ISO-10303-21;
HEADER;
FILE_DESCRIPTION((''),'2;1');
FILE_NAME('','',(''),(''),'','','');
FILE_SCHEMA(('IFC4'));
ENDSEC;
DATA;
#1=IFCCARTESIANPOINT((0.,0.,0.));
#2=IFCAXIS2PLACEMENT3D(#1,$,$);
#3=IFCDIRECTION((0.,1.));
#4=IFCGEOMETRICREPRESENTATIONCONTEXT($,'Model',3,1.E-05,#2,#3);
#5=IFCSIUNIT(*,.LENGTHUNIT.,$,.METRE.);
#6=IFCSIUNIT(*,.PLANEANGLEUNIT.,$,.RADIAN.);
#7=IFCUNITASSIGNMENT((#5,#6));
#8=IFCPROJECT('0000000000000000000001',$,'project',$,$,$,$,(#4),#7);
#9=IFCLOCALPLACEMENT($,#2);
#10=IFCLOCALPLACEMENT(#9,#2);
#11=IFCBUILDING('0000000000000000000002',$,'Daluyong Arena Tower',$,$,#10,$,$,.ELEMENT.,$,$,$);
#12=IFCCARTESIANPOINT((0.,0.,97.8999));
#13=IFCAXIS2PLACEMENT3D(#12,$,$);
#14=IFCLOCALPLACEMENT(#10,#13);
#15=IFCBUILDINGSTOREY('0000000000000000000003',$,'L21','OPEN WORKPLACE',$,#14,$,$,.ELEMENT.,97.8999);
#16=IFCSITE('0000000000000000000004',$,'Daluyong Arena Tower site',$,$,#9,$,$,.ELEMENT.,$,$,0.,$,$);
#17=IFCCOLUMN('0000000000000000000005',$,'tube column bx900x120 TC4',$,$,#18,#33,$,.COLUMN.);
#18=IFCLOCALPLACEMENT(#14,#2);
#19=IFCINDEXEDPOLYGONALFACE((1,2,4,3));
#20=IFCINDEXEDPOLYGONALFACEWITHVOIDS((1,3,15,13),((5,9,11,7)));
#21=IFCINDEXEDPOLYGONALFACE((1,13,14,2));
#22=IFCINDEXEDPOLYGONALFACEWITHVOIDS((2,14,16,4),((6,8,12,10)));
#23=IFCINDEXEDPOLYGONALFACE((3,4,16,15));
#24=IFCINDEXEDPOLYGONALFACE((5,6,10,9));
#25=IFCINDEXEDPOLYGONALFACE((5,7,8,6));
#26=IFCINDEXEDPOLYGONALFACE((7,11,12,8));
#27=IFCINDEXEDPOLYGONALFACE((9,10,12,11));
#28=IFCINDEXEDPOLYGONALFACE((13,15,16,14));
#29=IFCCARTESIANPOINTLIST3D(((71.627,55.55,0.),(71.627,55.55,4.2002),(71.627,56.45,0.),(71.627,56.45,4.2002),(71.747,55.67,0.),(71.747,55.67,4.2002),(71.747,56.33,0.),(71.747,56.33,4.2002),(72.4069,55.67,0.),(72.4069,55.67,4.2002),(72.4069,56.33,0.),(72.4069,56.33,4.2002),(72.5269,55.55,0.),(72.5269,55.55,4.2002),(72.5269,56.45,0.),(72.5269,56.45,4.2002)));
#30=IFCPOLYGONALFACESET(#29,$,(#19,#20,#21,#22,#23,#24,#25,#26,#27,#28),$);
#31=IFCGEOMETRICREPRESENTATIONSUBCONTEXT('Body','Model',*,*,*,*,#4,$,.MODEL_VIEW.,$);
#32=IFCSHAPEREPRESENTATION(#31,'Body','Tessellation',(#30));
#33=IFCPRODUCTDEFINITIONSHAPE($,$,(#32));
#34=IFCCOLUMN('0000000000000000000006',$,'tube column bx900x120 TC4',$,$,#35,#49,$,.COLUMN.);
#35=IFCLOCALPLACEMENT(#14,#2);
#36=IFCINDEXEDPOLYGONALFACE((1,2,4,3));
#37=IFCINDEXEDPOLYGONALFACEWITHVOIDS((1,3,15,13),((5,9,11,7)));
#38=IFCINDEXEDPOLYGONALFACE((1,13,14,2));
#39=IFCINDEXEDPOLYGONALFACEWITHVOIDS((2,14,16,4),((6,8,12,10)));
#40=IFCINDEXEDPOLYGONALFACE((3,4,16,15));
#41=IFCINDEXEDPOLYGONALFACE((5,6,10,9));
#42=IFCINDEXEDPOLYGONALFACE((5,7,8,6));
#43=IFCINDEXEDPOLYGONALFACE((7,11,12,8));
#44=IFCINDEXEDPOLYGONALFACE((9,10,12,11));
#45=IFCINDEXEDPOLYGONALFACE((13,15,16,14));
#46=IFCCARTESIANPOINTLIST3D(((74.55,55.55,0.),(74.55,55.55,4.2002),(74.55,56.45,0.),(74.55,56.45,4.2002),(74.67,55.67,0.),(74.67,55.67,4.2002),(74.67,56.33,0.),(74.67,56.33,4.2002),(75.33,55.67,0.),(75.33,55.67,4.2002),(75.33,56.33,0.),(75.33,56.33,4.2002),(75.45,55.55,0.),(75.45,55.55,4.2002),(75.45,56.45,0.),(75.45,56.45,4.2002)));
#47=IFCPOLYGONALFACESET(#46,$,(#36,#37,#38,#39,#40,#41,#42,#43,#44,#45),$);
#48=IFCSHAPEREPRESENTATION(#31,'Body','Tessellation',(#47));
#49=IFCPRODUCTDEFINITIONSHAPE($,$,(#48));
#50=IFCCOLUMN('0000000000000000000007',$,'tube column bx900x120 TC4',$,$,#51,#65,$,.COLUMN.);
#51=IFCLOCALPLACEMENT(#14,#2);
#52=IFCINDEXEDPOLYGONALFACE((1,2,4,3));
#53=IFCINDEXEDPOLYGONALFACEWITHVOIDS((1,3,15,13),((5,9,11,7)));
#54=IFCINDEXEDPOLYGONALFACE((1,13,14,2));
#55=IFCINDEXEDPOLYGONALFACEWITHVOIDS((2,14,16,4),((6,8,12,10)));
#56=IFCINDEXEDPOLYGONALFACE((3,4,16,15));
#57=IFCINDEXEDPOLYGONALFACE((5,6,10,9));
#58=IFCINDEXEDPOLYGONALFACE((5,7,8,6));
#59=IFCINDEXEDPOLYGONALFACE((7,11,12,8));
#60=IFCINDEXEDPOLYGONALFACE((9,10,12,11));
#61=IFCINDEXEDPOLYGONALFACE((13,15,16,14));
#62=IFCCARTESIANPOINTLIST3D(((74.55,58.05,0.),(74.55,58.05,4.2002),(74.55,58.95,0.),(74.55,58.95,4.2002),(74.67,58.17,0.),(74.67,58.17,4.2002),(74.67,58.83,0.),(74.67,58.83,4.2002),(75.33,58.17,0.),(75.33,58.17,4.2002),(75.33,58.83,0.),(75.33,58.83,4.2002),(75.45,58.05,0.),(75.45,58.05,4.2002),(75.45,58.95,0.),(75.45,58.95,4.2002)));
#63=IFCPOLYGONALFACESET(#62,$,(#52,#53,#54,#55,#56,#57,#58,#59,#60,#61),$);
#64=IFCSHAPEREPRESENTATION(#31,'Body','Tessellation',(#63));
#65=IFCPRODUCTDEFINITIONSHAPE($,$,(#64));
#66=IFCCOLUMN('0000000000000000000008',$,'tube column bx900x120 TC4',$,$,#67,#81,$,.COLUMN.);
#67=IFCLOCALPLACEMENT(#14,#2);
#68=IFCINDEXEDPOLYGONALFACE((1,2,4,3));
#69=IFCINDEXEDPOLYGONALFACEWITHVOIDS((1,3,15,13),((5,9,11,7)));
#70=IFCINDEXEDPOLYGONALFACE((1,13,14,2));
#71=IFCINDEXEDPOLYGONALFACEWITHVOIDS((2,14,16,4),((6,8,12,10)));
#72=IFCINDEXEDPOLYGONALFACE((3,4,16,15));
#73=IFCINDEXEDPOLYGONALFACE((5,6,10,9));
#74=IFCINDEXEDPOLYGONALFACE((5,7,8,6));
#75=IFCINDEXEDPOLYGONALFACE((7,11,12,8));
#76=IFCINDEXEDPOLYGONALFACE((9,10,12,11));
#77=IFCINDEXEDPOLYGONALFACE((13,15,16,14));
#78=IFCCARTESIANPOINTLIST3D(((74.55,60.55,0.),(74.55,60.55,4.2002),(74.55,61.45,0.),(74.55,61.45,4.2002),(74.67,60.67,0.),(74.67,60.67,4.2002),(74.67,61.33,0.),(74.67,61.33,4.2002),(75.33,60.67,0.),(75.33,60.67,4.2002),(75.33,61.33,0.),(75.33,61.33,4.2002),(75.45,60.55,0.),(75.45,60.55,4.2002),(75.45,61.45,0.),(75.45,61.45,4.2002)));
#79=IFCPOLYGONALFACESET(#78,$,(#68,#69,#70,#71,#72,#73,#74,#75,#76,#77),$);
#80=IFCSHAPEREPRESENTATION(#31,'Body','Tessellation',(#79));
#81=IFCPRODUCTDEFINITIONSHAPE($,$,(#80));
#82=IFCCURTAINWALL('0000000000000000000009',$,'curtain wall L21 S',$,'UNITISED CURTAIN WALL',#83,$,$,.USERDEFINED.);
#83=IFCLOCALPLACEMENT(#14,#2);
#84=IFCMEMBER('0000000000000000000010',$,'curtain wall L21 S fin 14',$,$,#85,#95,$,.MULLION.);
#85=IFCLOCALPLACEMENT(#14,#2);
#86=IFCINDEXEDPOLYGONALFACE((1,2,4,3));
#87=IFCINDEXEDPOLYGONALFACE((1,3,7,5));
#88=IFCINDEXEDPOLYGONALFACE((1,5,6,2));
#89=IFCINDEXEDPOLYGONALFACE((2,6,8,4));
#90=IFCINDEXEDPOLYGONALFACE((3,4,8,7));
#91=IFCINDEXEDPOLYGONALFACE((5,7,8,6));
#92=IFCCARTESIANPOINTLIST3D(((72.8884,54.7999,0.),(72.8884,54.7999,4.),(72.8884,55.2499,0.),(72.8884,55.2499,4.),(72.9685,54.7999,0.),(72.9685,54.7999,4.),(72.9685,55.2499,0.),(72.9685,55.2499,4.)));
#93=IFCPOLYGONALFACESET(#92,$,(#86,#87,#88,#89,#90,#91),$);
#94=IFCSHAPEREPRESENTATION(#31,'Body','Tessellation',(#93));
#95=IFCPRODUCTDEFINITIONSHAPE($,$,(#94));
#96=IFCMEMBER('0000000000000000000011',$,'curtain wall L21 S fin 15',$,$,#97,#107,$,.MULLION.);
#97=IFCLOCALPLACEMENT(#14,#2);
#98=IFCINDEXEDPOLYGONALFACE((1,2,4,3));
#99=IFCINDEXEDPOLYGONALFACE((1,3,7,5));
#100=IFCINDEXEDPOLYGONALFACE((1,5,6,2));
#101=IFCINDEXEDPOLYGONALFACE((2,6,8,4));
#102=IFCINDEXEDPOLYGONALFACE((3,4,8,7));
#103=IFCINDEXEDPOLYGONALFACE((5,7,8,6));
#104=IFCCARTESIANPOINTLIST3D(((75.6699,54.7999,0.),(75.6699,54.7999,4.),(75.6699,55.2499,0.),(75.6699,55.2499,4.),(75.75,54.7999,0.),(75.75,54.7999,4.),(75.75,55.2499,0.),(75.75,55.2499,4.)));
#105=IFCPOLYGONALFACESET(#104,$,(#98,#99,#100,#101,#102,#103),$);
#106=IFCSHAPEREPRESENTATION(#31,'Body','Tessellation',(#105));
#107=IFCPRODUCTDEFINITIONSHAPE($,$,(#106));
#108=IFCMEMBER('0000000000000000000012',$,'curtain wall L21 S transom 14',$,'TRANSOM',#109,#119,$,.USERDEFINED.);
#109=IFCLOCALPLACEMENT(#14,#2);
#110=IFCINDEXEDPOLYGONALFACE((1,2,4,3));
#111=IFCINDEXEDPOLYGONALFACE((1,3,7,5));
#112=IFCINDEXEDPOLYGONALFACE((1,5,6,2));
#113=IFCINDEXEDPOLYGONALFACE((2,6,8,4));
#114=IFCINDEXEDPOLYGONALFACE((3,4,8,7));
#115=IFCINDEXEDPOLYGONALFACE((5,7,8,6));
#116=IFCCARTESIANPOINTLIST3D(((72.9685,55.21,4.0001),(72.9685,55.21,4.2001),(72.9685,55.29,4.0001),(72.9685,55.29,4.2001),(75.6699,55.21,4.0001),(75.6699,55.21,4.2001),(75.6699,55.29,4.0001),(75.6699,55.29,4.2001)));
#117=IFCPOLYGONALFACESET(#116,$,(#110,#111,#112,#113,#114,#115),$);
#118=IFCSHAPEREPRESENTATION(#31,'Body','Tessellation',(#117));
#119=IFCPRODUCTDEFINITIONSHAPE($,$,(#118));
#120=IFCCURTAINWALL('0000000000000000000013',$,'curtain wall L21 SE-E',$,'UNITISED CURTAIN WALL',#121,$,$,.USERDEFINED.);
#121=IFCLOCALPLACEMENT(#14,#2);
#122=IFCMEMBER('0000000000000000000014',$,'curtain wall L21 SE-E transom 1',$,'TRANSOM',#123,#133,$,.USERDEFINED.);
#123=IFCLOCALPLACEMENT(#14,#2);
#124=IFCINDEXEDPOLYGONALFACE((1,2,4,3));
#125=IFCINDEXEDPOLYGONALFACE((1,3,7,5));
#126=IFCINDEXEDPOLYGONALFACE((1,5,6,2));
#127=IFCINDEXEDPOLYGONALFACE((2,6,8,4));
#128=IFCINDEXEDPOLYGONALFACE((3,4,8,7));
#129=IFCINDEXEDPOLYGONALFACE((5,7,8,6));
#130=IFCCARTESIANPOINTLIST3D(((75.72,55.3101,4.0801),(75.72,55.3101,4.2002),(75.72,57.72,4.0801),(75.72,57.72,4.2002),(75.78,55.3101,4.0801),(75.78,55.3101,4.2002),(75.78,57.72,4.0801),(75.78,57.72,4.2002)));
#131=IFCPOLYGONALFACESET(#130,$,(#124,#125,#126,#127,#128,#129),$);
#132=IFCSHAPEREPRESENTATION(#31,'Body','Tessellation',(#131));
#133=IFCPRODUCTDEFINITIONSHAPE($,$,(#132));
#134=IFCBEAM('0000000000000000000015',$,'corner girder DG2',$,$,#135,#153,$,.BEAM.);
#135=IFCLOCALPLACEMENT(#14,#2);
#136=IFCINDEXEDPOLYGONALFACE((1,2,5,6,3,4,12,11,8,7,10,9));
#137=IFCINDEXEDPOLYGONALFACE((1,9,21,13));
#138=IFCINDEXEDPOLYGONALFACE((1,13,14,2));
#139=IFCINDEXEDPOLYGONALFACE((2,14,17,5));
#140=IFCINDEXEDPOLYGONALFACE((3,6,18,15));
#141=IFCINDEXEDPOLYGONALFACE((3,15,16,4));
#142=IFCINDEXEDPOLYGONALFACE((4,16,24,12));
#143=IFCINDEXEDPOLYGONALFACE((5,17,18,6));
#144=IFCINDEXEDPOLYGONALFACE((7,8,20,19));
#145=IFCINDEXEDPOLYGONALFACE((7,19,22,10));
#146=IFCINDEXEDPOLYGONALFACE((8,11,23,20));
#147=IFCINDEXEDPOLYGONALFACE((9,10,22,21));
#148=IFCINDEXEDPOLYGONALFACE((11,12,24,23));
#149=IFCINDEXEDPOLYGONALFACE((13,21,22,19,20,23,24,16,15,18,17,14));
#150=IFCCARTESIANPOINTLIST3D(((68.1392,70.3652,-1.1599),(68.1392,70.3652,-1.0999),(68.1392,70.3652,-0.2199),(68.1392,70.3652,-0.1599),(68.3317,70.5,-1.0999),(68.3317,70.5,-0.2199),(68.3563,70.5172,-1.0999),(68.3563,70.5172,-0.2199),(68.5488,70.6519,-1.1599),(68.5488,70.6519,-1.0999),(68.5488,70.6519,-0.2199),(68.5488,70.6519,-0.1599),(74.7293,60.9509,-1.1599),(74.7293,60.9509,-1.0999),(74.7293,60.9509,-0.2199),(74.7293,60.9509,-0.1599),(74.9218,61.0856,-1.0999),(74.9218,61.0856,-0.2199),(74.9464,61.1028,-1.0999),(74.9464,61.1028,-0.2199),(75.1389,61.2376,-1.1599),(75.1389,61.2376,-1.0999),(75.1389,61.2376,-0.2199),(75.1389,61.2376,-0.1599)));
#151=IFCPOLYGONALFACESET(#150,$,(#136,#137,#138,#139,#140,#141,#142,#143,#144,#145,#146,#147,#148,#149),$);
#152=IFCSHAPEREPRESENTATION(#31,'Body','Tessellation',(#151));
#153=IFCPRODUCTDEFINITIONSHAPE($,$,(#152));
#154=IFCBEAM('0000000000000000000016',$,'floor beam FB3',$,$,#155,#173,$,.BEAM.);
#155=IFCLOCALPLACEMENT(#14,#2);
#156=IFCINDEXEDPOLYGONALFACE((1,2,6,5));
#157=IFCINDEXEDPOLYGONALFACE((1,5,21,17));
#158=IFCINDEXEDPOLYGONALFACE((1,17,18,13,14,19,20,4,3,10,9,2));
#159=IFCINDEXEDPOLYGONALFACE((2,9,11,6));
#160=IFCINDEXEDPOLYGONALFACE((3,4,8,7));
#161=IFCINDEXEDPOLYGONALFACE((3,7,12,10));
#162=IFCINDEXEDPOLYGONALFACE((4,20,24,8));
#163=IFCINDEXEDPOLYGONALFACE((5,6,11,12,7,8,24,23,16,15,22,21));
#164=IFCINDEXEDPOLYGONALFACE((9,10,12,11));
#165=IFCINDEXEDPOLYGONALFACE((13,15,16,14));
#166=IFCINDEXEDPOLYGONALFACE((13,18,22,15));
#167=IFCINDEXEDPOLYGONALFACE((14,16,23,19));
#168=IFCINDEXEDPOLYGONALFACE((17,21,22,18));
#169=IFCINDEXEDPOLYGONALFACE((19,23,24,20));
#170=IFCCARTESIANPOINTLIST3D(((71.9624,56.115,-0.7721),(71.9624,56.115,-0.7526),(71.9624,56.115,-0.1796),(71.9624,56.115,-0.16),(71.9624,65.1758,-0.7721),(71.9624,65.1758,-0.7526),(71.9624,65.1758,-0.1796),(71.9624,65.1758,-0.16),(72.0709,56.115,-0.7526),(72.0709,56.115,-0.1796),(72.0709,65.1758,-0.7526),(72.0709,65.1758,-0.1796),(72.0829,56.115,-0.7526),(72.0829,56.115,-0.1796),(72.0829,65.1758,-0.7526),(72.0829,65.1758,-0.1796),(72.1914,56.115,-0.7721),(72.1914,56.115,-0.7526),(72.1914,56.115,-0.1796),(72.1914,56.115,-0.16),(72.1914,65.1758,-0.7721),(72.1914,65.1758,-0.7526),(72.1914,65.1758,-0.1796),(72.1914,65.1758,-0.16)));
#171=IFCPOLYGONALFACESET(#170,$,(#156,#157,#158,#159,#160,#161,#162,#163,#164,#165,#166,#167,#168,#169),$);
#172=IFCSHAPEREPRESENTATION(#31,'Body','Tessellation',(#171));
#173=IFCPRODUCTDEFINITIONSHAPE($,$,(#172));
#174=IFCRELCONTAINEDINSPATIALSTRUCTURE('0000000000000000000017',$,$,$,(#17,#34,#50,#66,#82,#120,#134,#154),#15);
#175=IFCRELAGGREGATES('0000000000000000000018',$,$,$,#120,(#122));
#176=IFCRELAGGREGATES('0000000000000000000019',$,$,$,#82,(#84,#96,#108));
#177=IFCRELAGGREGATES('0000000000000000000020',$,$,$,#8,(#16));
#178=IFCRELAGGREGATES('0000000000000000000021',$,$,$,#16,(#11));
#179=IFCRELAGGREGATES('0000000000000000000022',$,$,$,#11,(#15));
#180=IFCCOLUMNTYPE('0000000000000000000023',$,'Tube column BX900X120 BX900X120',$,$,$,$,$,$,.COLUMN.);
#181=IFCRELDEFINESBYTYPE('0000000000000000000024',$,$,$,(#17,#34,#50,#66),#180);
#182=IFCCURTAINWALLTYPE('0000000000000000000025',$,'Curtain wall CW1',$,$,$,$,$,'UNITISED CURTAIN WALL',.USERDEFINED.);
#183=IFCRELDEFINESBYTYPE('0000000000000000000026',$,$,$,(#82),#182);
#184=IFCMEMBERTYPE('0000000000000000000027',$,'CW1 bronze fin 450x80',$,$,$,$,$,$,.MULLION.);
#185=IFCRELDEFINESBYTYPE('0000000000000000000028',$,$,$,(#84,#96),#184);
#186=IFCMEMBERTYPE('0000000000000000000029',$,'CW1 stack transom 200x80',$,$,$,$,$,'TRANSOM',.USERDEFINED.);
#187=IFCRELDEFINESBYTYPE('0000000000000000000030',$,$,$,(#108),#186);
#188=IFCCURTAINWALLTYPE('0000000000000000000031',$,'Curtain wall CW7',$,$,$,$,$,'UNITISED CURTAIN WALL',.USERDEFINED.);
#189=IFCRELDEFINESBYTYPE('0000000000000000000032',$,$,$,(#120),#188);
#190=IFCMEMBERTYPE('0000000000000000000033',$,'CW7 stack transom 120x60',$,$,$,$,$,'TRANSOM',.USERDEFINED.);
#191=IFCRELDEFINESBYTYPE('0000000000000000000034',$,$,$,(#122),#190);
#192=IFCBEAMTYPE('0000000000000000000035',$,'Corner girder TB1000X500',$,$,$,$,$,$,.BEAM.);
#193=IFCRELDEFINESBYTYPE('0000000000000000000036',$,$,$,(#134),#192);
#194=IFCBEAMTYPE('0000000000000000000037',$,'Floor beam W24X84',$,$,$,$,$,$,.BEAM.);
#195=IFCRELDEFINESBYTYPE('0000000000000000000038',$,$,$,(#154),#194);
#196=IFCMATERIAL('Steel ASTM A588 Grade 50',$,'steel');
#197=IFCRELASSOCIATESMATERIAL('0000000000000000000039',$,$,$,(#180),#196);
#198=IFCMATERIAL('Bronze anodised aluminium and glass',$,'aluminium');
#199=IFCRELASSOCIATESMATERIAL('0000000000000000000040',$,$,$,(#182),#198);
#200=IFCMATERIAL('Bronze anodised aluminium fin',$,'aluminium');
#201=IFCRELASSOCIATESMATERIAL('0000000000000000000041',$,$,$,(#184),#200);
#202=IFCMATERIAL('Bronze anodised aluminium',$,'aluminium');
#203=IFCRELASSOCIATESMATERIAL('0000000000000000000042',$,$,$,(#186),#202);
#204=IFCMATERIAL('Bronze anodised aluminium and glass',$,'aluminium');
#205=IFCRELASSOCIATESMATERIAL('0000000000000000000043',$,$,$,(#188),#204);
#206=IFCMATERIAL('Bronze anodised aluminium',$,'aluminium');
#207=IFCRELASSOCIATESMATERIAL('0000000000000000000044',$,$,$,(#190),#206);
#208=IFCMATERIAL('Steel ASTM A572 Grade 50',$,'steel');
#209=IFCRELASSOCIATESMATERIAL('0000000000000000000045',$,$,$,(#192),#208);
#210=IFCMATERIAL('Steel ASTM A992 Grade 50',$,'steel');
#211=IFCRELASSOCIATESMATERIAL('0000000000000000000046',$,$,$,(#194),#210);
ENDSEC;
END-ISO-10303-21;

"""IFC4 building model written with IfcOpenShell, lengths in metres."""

from ifc_helpers import new_model, si_unit, direction, frame, origin, origin_2d, place, context, subcontext, project, spatial, rectangle, hollow_rectangle, i_section, extrude, material, material_profile, profile_set, type_object, element, aggregate, save


model = new_model("IFC4")

# Units and contexts
model_context = context("Model", 3, precision=1e-05, world=origin(), true_north=direction((0.0, 1.0)))
body_context = subcontext(model_context, "Body", "Model", "MODEL_VIEW")
ifc_project = project(units=[si_unit("LENGTHUNIT", "METRE"), si_unit("PLANEANGLEUNIT", "RADIAN")], contexts=[model_context])

# Site, building, storey
site_placement = place(None, origin())
site = spatial("IfcSite", under=ifc_project, at=site_placement, Name="Daluyong Arena Tower site", CompositionType="ELEMENT", RefElevation=0.0)
building_placement = place(site_placement, origin())
building = spatial("IfcBuilding", under=site, at=building_placement, Name="Daluyong Arena Tower", CompositionType="ELEMENT")
storey_placement = place(building_placement, frame((0.0, 0.0, 97.8999)))
storey = spatial("IfcBuildingStorey", under=building, at=storey_placement, Name="L21", Description="OPEN WORKPLACE", CompositionType="ELEMENT", Elevation=97.8999)

# Columns
ifc_material_1 = material(Name="Steel ASTM A588 Grade 50", Category="steel")
ifc_material_profile_1 = material_profile(ifc_material_1, hollow_rectangle(XDim=0.8999, YDim=0.8999, WallThickness=0.12, at=origin_2d()))
ifc_profile_set_1 = profile_set([ifc_material_profile_1], Name="Steel ASTM A588 Grade 50")
column_type = type_object("IfcColumnType", Name="Tube column BX900X120 BX900X120", PredefinedType="COLUMN", material=ifc_profile_set_1)
for number, where, z_axis, x_axis, name in (
    (1, (72.0769, 56.0, 0.0), (0.0, 0.0, 1.0), (1.0, 0.0, 0.0), "tube column bx900x120 TC4"),
    (2, (75.0, 56.0, 0.0), (0.0, 0.0, 1.0), (0.0, 1.0, 0.0), "tube column bx900x120 TC4"),
    (3, (75.0, 58.5, 0.0), (0.0, 0.0, 1.0), (0.0, 1.0, 0.0), "tube column bx900x120 TC4"),
    (4, (75.0, 61.0, 0.0), (0.0, 0.0, 1.0), (1.0, 0.0, 0.0), "tube column bx900x120 TC4"),
):
    element("IfcColumn", number, at=place(storey_placement, frame(where, z_axis=z_axis, x_axis=x_axis)), inside=storey, type_object=column_type, Name=name, PredefinedType="COLUMN", context=body_context, shape_type="SweptSolid", body=[
        extrude(hollow_rectangle(XDim=0.8999, YDim=0.8999, WallThickness=0.12, at=origin_2d()), origin(), (0.0, 0.0, 1.0), 4.2002),
    ])

# Curtain wall, members
ifc_material_2 = material(Name="Bronze anodised aluminium and glass", Category="aluminium")
curtain_wall_type_1 = type_object("IfcCurtainWallType", Name="Curtain wall CW1", ElementType="UNITISED CURTAIN WALL", PredefinedType="USERDEFINED", material=ifc_material_2)
curtain_wall_1_placement = place(storey_placement, origin())
curtain_wall_1 = element("IfcCurtainWall", 5, at=curtain_wall_1_placement, inside=storey, type_object=curtain_wall_type_1, Name="curtain wall L21 S", ObjectType="UNITISED CURTAIN WALL", PredefinedType="USERDEFINED")
ifc_material_3 = material(Name="Bronze anodised aluminium fin", Category="aluminium")
ifc_material_profile_2 = material_profile(ifc_material_3, rectangle(XDim=0.45, YDim=0.0801, at=origin_2d()))
ifc_profile_set_2 = profile_set([ifc_material_profile_2], Name="Bronze anodised aluminium fin")
member_type_1 = type_object("IfcMemberType", Name="CW1 bronze fin 450x80", PredefinedType="MULLION", material=ifc_profile_set_2)
member_1_placement = place(storey_placement, frame((72.9285, 55.0249, 0.0), z_axis=(0.0, 0.0, 1.0), x_axis=(0.0, 1.0, 0.0)))
member_1 = element("IfcMember", 6, at=member_1_placement, type_object=member_type_1, Name="curtain wall L21 S fin 14", PredefinedType="MULLION", context=body_context, shape_type="SweptSolid", body=[
    extrude(rectangle(XDim=0.45, YDim=0.0801, at=origin_2d()), origin(), (0.0, 0.0, 1.0), 4.0),
])
member_2_placement = place(storey_placement, frame((75.71, 55.0249, 0.0), z_axis=(0.0, 0.0, 1.0), x_axis=(0.0, 1.0, 0.0)))
member_2 = element("IfcMember", 7, at=member_2_placement, type_object=member_type_1, Name="curtain wall L21 S fin 15", PredefinedType="MULLION", context=body_context, shape_type="SweptSolid", body=[
    extrude(rectangle(XDim=0.45, YDim=0.0801, at=origin_2d()), origin(), (0.0, 0.0, 1.0), 4.0),
])
ifc_material_4 = material(Name="Bronze anodised aluminium", Category="aluminium")
ifc_material_profile_3 = material_profile(ifc_material_4, rectangle(XDim=0.0801, YDim=0.2, at=origin_2d()))
ifc_profile_set_3 = profile_set([ifc_material_profile_3], Name="Bronze anodised aluminium")
member_type_2 = type_object("IfcMemberType", Name="CW1 stack transom 200x80", ElementType="TRANSOM", PredefinedType="USERDEFINED", material=ifc_profile_set_3)
member_3_placement = place(storey_placement, frame((72.9685, 55.25, 4.1001), z_axis=(1.0, 0.0, 0.0), x_axis=(0.0, 1.0, 0.0)))
member_3 = element("IfcMember", 8, at=member_3_placement, type_object=member_type_2, Name="curtain wall L21 S transom 14", ObjectType="TRANSOM", PredefinedType="USERDEFINED", context=body_context, shape_type="SweptSolid", body=[
    extrude(rectangle(XDim=0.0801, YDim=0.2, at=origin_2d()), origin(), (0.0, 0.0, 1.0), 2.7014),
])

# Curtain wall, member
ifc_material_5 = material(Name="Bronze anodised aluminium and glass", Category="aluminium")
curtain_wall_type_2 = type_object("IfcCurtainWallType", Name="Curtain wall CW7", ElementType="UNITISED CURTAIN WALL", PredefinedType="USERDEFINED", material=ifc_material_5)
curtain_wall_2_placement = place(storey_placement, origin())
curtain_wall_2 = element("IfcCurtainWall", 9, at=curtain_wall_2_placement, inside=storey, type_object=curtain_wall_type_2, Name="curtain wall L21 SE-E", ObjectType="UNITISED CURTAIN WALL", PredefinedType="USERDEFINED")
ifc_material_6 = material(Name="Bronze anodised aluminium", Category="aluminium")
ifc_material_profile_4 = material_profile(ifc_material_6, rectangle(XDim=0.0601, YDim=0.1201, at=origin_2d()))
ifc_profile_set_4 = profile_set([ifc_material_profile_4], Name="Bronze anodised aluminium")
member_type_3 = type_object("IfcMemberType", Name="CW7 stack transom 120x60", ElementType="TRANSOM", PredefinedType="USERDEFINED", material=ifc_profile_set_4)
member_4_placement = place(storey_placement, frame((75.75, 55.3101, 4.1401), z_axis=(0.0, 1.0, 0.0), x_axis=(-1.0, 0.0, 0.0)))
member_4 = element("IfcMember", 10, at=member_4_placement, type_object=member_type_3, Name="curtain wall L21 SE-E transom 1", ObjectType="TRANSOM", PredefinedType="USERDEFINED", context=body_context, shape_type="SweptSolid", body=[
    extrude(rectangle(XDim=0.0601, YDim=0.1201, at=origin_2d()), origin(), (0.0, 0.0, 1.0), 2.4099),
])
aggregate(curtain_wall_2, [member_4])

# Beams
ifc_material_7 = material(Name="Steel ASTM A572 Grade 50", Category="steel")
ifc_material_profile_5 = material_profile(ifc_material_7, i_section(OverallWidth=0.5, OverallDepth=1.0, WebThickness=0.03, FlangeThickness=0.06, at=origin_2d()))
ifc_profile_set_5 = profile_set([ifc_material_profile_5], Name="Steel ASTM A572 Grade 50")
beam_type_1 = type_object("IfcBeamType", Name="Corner girder TB1000X500", PredefinedType="BEAM", material=ifc_profile_set_5)
beam_1_placement = place(storey_placement, frame((74.9341, 61.0942, -0.6599), z_axis=(-0.573467, 0.819229, 0.0), x_axis=(-0.819229, -0.573467, 0.0)))
element("IfcBeam", 11, at=beam_1_placement, inside=storey, type_object=beam_type_1, Name="corner girder DG2", PredefinedType="BEAM", context=body_context, shape_type="SweptSolid", body=[
    extrude(i_section(OverallWidth=0.5, OverallDepth=1.0, WebThickness=0.03, FlangeThickness=0.06, at=origin_2d()), origin(), (0.0, 0.0, 1.0), 11.4917),
])
ifc_material_8 = material(Name="Steel ASTM A992 Grade 50", Category="steel")
ifc_material_profile_6 = material_profile(ifc_material_8, i_section(OverallWidth=0.229, OverallDepth=0.6121, WebThickness=0.012, FlangeThickness=0.0195, at=origin_2d()))
ifc_profile_set_6 = profile_set([ifc_material_profile_6], Name="Steel ASTM A992 Grade 50")
beam_type_2 = type_object("IfcBeamType", Name="Floor beam W24X84", PredefinedType="BEAM", material=ifc_profile_set_6)
beam_2_placement = place(storey_placement, frame((72.0769, 56.115, -0.4661), z_axis=(0.0, 1.0, 0.0), x_axis=(-1.0, 0.0, 0.0)))
element("IfcBeam", 12, at=beam_2_placement, inside=storey, type_object=beam_type_2, Name="floor beam FB3", PredefinedType="BEAM", context=body_context, shape_type="SweptSolid", body=[
    extrude(i_section(OverallWidth=0.229, OverallDepth=0.6121, WebThickness=0.012, FlangeThickness=0.0195, at=origin_2d()), origin(), (0.0, 0.0, 1.0), 9.0608),
])

aggregate(curtain_wall_1, [member_1, member_2, member_3])

save(model, "model.ifc")
